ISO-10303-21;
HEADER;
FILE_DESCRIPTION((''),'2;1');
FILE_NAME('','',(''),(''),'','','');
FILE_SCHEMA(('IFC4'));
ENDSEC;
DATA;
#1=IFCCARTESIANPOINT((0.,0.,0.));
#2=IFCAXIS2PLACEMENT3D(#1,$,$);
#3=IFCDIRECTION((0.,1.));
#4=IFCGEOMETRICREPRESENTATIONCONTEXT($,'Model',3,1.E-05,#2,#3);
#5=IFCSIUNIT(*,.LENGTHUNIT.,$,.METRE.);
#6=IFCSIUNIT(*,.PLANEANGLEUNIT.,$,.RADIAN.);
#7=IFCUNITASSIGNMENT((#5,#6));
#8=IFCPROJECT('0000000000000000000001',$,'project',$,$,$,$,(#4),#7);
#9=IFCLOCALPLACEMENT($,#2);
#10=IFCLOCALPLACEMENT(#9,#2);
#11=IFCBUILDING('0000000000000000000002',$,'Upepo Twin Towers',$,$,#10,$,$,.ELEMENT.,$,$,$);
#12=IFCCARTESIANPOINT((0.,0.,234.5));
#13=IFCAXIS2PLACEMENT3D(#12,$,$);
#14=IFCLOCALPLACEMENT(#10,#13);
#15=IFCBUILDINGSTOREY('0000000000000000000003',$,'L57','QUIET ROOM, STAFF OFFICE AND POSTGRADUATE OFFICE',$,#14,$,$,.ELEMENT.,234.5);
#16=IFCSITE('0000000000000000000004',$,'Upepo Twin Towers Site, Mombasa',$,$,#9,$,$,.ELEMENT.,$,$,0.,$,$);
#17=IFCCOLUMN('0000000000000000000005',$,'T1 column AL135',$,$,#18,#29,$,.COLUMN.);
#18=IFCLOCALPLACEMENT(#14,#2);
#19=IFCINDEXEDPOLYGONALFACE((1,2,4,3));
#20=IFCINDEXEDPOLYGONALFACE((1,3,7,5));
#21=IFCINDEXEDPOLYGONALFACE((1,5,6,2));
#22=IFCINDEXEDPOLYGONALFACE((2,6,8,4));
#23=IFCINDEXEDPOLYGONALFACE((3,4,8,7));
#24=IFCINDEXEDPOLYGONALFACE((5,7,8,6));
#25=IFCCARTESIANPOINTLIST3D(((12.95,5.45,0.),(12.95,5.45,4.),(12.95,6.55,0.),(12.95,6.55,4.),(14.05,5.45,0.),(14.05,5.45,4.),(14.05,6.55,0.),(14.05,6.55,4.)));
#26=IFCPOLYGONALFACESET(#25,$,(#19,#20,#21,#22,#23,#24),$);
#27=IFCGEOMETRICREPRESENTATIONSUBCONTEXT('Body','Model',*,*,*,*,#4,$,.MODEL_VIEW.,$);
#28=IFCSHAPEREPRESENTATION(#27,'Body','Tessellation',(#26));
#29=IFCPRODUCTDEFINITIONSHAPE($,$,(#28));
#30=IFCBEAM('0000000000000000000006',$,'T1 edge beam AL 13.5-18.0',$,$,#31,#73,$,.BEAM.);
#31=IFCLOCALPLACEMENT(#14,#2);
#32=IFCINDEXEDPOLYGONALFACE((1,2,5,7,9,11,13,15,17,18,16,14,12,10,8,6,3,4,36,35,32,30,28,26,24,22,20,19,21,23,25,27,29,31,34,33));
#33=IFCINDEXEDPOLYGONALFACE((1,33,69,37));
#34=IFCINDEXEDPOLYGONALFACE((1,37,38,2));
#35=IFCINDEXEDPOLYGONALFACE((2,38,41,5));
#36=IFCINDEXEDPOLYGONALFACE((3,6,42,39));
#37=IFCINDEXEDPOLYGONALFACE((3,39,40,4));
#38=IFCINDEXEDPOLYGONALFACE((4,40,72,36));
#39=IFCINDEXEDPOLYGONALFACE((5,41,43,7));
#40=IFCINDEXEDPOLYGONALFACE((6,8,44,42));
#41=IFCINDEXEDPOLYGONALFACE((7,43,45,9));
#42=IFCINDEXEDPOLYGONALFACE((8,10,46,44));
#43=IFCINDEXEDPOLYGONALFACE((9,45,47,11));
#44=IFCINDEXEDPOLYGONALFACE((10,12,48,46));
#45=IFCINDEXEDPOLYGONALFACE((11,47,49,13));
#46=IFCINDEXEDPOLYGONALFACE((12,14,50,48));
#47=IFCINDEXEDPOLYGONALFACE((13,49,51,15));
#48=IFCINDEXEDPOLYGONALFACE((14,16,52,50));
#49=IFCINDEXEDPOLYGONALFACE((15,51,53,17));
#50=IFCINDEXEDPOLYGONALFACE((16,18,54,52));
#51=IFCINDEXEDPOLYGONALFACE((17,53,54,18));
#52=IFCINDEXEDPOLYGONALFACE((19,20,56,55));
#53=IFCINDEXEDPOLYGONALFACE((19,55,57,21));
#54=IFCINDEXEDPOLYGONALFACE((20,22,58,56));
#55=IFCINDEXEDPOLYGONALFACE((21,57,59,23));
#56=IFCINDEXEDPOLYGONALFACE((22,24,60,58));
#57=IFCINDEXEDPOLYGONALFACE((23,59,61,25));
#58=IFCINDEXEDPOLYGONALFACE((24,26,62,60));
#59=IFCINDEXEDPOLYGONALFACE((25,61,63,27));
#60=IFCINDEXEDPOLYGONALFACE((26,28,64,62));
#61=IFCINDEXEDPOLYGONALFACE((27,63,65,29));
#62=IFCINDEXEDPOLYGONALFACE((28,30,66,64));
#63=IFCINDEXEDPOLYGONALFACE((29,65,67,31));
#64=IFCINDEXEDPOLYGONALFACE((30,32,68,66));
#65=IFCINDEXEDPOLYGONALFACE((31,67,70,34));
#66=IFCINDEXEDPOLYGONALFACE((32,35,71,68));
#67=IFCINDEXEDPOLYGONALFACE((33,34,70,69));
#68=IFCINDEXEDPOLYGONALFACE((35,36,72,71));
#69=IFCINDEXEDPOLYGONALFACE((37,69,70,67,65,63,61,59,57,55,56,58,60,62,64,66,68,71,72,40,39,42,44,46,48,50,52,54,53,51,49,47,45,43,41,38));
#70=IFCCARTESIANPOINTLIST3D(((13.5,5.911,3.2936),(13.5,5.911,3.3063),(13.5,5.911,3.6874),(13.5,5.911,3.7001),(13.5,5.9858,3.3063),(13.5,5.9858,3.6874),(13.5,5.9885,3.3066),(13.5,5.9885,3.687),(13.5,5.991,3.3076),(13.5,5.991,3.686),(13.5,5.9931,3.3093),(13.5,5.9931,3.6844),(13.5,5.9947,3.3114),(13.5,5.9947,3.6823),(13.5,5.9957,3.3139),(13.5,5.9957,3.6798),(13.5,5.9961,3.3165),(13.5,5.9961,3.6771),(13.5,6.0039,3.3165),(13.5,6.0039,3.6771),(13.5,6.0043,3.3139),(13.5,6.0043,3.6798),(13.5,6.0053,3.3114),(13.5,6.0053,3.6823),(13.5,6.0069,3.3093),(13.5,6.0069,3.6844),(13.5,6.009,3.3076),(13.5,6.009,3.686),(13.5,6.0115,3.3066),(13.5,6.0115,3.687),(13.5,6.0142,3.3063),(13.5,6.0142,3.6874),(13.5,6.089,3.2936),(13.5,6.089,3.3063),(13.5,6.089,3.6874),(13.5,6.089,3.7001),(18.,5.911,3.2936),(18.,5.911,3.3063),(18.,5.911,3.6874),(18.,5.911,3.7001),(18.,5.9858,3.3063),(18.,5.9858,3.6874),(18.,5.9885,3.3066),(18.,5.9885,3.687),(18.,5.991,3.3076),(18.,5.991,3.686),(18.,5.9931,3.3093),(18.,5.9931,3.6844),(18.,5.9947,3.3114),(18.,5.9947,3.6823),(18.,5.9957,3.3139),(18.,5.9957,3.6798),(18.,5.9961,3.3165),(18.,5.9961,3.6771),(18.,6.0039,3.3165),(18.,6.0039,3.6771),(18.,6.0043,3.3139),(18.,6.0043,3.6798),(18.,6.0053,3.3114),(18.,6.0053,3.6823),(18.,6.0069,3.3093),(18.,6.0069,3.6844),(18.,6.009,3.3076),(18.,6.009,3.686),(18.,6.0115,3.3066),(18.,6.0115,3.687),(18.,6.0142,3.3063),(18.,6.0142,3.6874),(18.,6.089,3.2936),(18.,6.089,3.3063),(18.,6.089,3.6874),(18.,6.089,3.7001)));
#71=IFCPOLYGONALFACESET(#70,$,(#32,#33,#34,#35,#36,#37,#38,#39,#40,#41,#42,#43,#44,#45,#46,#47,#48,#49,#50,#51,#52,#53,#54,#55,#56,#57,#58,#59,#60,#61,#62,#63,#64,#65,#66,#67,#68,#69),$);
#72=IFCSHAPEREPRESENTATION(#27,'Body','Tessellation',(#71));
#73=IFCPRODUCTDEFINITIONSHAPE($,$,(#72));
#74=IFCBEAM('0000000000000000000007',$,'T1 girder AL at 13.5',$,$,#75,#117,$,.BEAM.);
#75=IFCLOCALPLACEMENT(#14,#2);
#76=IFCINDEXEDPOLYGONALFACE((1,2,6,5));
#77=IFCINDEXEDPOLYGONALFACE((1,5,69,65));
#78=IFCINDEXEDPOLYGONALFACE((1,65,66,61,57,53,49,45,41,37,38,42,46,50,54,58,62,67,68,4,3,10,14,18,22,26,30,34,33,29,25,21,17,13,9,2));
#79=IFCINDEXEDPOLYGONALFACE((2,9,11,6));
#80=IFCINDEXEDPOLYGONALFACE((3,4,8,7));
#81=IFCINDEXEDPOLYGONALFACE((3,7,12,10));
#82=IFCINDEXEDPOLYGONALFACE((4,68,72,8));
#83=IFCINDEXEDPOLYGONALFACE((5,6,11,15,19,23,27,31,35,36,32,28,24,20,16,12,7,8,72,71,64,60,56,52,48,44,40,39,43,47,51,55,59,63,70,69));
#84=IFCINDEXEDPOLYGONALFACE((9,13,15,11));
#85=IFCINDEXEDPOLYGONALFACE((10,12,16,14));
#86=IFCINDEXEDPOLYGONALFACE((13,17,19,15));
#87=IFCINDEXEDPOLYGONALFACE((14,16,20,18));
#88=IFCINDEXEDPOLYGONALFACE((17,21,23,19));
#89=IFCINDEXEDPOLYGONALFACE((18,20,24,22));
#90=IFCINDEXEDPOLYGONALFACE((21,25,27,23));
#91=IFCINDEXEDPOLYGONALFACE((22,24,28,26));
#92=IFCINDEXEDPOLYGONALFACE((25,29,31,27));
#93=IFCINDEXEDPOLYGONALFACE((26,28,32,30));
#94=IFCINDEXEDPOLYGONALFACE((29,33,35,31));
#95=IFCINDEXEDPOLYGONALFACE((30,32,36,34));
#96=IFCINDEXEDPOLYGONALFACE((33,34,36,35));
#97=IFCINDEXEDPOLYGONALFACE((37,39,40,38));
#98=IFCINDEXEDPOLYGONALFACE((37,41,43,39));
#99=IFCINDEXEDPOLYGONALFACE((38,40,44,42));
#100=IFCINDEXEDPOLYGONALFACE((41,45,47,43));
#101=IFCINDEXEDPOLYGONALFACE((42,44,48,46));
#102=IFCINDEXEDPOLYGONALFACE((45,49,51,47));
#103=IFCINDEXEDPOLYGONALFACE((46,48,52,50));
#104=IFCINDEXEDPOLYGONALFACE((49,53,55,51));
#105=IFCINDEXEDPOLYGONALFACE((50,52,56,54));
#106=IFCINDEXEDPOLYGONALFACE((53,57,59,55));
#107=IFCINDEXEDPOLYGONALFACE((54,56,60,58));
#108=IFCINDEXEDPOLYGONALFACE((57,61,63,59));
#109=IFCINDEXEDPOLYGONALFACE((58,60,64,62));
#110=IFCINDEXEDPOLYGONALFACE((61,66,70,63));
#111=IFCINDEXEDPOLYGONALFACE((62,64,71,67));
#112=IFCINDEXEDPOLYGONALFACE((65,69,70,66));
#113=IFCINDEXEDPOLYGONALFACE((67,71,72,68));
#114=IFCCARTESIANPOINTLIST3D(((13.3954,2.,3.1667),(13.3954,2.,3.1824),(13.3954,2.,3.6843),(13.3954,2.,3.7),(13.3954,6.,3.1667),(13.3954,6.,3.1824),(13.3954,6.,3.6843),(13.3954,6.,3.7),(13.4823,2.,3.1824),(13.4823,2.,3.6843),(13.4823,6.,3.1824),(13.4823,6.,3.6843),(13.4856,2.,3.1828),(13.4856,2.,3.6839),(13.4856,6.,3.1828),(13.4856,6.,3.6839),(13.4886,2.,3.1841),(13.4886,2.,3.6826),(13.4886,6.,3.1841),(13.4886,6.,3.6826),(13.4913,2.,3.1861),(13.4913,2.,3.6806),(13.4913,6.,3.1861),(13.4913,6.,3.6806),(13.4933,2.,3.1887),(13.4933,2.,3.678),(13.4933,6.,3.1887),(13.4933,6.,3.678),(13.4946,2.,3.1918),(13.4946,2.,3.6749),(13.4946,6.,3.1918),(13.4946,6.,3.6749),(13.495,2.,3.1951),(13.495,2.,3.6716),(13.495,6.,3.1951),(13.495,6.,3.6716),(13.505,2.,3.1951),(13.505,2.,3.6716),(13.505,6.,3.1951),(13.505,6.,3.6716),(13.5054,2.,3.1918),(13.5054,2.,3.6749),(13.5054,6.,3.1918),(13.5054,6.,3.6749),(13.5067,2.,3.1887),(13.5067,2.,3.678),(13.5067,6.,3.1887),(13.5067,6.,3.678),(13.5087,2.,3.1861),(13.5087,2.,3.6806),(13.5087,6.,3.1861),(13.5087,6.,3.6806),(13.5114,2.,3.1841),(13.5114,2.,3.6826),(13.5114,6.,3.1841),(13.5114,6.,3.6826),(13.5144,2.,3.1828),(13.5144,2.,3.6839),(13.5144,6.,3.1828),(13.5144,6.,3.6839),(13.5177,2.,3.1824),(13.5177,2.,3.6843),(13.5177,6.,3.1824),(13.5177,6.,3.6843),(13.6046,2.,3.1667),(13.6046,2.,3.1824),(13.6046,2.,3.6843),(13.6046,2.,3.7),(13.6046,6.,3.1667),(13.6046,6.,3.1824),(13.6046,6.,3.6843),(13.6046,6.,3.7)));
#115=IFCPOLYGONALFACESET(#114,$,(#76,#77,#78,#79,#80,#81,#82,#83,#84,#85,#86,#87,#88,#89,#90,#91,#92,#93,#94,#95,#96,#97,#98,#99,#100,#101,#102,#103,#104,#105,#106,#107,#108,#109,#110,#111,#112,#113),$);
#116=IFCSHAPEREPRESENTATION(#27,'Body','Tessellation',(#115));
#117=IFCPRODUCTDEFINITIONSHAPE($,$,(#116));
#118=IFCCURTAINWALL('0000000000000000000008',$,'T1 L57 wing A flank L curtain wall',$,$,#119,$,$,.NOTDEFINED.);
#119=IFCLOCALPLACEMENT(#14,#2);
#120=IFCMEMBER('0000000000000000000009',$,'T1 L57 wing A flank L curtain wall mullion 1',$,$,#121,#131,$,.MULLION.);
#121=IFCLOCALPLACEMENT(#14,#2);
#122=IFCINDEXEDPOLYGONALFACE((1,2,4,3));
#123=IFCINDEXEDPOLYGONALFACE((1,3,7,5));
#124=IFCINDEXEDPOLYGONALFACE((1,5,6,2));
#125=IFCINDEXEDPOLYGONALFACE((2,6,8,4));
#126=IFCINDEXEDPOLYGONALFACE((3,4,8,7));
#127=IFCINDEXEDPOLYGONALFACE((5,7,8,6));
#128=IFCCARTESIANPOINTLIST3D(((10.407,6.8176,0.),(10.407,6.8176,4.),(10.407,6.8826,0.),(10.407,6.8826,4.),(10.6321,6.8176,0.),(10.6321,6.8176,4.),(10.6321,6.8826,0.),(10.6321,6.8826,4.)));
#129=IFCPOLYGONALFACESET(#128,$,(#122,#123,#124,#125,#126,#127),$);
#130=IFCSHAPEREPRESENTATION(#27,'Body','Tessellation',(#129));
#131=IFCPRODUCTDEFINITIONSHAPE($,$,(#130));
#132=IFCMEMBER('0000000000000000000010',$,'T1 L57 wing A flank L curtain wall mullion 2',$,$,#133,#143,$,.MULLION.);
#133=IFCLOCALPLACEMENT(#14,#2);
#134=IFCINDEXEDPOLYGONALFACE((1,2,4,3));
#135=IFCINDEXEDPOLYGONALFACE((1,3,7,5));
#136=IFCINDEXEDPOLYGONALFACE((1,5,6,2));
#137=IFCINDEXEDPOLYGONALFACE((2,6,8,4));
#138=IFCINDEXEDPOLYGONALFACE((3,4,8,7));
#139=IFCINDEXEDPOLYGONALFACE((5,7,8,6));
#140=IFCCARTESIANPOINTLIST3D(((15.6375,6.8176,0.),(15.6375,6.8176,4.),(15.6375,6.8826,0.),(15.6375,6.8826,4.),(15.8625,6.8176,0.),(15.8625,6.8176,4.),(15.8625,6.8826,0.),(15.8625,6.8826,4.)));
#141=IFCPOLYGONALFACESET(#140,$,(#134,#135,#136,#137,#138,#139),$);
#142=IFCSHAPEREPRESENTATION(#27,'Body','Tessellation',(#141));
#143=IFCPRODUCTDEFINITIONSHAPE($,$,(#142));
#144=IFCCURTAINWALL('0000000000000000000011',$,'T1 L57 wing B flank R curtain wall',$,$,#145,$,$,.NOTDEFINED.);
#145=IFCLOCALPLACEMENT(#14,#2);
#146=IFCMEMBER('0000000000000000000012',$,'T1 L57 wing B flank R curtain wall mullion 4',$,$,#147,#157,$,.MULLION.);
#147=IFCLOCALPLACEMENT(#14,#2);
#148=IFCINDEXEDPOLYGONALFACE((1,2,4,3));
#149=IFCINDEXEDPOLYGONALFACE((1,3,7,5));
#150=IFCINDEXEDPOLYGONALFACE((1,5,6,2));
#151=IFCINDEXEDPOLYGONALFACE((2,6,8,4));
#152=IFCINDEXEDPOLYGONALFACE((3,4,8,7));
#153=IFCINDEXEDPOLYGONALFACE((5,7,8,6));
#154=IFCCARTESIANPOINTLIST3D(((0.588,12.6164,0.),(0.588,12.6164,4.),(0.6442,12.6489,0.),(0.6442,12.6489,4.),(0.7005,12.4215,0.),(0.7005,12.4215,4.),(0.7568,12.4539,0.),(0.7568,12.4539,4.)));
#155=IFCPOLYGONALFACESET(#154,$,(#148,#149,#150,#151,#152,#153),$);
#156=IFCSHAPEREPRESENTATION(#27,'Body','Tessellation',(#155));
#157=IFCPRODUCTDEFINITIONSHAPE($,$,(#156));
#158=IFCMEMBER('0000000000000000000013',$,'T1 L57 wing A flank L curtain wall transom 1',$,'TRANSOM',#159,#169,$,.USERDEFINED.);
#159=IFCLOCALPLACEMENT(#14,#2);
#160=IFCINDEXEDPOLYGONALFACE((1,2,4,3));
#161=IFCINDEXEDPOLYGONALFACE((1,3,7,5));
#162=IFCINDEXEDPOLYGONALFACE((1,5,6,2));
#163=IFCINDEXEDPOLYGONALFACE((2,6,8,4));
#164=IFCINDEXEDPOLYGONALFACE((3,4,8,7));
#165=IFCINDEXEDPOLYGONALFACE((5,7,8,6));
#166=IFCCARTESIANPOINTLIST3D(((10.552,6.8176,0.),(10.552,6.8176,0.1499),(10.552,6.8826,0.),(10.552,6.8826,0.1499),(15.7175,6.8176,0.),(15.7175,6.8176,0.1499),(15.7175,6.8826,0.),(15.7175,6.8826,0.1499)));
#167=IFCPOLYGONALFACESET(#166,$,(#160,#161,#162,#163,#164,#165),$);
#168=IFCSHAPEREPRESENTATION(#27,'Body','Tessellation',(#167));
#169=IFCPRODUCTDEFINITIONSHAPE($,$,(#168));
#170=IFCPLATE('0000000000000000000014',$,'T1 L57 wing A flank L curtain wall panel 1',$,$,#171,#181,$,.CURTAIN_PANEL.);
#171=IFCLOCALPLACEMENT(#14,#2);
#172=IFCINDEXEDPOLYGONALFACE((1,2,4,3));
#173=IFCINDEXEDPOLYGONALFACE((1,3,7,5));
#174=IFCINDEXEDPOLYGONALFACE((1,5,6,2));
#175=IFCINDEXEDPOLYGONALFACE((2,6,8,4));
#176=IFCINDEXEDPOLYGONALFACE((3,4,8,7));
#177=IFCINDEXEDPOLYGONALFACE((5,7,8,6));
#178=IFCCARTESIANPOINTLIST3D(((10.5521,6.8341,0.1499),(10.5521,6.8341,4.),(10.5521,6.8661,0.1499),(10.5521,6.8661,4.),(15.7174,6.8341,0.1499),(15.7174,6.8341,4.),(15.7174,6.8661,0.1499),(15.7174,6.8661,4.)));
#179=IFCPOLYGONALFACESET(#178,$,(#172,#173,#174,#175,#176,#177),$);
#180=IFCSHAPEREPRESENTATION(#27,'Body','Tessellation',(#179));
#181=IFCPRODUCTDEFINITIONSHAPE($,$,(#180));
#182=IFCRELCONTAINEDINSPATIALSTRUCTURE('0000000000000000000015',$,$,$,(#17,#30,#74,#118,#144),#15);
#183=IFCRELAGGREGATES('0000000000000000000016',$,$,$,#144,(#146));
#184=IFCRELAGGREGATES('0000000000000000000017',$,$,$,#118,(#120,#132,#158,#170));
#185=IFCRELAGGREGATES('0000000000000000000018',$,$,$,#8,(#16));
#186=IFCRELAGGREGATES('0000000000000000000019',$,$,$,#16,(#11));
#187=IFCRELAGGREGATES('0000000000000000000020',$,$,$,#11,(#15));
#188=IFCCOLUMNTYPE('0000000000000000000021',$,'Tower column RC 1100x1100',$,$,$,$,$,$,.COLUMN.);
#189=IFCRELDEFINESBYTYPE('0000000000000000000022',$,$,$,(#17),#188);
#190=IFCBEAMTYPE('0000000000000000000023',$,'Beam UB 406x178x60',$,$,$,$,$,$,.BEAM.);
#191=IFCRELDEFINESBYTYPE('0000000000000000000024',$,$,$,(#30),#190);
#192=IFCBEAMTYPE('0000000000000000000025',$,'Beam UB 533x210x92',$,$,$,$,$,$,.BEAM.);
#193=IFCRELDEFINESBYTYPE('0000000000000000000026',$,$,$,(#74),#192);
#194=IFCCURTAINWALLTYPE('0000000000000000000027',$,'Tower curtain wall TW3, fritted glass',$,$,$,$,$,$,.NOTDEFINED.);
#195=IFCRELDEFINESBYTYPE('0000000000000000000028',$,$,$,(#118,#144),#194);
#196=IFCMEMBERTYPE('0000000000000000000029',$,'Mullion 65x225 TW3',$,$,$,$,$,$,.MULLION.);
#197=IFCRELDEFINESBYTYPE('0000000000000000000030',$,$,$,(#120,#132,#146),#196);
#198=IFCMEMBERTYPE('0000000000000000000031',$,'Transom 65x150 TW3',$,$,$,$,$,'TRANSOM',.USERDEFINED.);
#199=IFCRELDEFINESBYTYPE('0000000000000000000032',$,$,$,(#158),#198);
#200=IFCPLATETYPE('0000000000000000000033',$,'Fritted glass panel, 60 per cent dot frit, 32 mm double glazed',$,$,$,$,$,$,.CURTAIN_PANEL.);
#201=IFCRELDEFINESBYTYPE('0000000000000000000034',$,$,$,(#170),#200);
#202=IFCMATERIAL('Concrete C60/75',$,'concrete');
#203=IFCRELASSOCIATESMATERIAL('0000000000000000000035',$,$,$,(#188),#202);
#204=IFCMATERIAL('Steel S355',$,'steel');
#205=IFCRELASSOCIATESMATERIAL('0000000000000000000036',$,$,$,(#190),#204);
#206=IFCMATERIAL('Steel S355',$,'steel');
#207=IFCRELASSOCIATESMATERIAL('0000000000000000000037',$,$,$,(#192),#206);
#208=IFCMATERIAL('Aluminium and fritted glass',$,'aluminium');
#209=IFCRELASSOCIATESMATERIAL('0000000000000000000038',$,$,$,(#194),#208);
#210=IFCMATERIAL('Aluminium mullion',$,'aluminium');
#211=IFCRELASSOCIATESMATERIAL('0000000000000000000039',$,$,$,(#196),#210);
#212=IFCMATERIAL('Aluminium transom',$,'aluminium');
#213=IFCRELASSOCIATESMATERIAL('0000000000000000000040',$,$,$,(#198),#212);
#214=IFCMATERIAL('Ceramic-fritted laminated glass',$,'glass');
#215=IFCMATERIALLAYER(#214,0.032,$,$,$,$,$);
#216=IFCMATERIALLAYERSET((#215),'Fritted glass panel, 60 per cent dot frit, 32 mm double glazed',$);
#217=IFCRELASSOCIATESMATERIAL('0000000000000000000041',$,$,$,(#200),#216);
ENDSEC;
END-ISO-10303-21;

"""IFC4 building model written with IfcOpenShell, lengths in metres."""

from ifc_helpers import new_model, si_unit, direction, frame, origin, origin_2d, place, context, subcontext, project, spatial, rectangle, i_section, extrude, material, layer, layer_set, material_profile, profile_set, type_object, element, aggregate, save


model = new_model("IFC4")

# Units and contexts
model_context = context("Model", 3, precision=1e-05, world=origin(), true_north=direction((0.0, 1.0)))
body_context = subcontext(model_context, "Body", "Model", "MODEL_VIEW")
ifc_project = project(units=[si_unit("LENGTHUNIT", "METRE"), si_unit("PLANEANGLEUNIT", "RADIAN")], contexts=[model_context])

# Site, building, storey
site_placement = place(None, origin())
site = spatial("IfcSite", under=ifc_project, at=site_placement, Name="Upepo Twin Towers Site, Mombasa", CompositionType="ELEMENT", RefElevation=0.0)
building_placement = place(site_placement, origin())
building = spatial("IfcBuilding", under=site, at=building_placement, Name="Upepo Twin Towers", CompositionType="ELEMENT")
storey_placement = place(building_placement, frame((0.0, 0.0, 234.5)))
storey = spatial("IfcBuildingStorey", under=building, at=storey_placement, Name="L57", Description="QUIET ROOM, STAFF OFFICE AND POSTGRADUATE OFFICE", CompositionType="ELEMENT", Elevation=234.5)

# Column
ifc_material_1 = material(Name="Concrete C60/75", Category="concrete")
ifc_material_profile_1 = material_profile(ifc_material_1, rectangle(XDim=1.1001, YDim=1.1001, at=origin_2d()), Name="RC 1100x1100")
ifc_profile_set_1 = profile_set([ifc_material_profile_1], Name="Concrete C60/75")
column_type = type_object("IfcColumnType", Name="Tower column RC 1100x1100", PredefinedType="COLUMN", material=ifc_profile_set_1)
column_placement = place(storey_placement, frame((13.5, 6.0, 0.0), z_axis=(0.0, 0.0, 1.0), x_axis=(1.0, 0.0, 0.0)))
element("IfcColumn", 1, at=column_placement, inside=storey, type_object=column_type, Name="T1 column AL135", PredefinedType="COLUMN", context=body_context, shape_type="SweptSolid", body=[
    extrude(rectangle(XDim=1.1001, YDim=1.1001, at=origin_2d()), origin(), (0.0, 0.0, 1.0), 4.0),
])

# Beams
ifc_material_2 = material(Name="Steel S355", Category="steel")
ifc_material_profile_2 = material_profile(ifc_material_2, i_section(OverallWidth=0.178, OverallDepth=0.4065, WebThickness=0.0078, FlangeThickness=0.0127, FilletRadius=0.0103, at=origin_2d()), Name="UB 406x178x60")
ifc_profile_set_2 = profile_set([ifc_material_profile_2], Name="Steel S355")
beam_type_1 = type_object("IfcBeamType", Name="Beam UB 406x178x60", PredefinedType="BEAM", material=ifc_profile_set_2)
beam_1_placement = place(storey_placement, frame((13.5, 6.0, 3.4968), z_axis=(1.0, 0.0, 0.0), x_axis=(0.0, 1.0, 0.0)))
element("IfcBeam", 2, at=beam_1_placement, inside=storey, type_object=beam_type_1, Name="T1 edge beam AL 13.5-18.0", PredefinedType="BEAM", context=body_context, shape_type="SweptSolid", body=[
    extrude(i_section(OverallWidth=0.178, OverallDepth=0.4065, WebThickness=0.0078, FlangeThickness=0.0127, FilletRadius=0.0103, at=origin_2d()), origin(), (0.0, 0.0, 1.0), 4.5),
])
ifc_material_3 = material(Name="Steel S355", Category="steel")
ifc_material_profile_3 = material_profile(ifc_material_3, i_section(OverallWidth=0.2092, OverallDepth=0.5332, WebThickness=0.01, FlangeThickness=0.0156, FilletRadius=0.0127, at=origin_2d()), Name="UB 533x210x92")
ifc_profile_set_3 = profile_set([ifc_material_profile_3], Name="Steel S355")
beam_type_2 = type_object("IfcBeamType", Name="Beam UB 533x210x92", PredefinedType="BEAM", material=ifc_profile_set_3)
beam_2_placement = place(storey_placement, frame((13.5, 6.0, 3.4333), z_axis=(0.0, -1.0, 0.0), x_axis=(1.0, 0.0, 0.0)))
element("IfcBeam", 3, at=beam_2_placement, inside=storey, type_object=beam_type_2, Name="T1 girder AL at 13.5", PredefinedType="BEAM", context=body_context, shape_type="SweptSolid", body=[
    extrude(i_section(OverallWidth=0.2092, OverallDepth=0.5332, WebThickness=0.01, FlangeThickness=0.0156, FilletRadius=0.0127, at=origin_2d()), origin(), (0.0, 0.0, 1.0), 4.0),
])

# Curtain wall, members
ifc_material_4 = material(Name="Aluminium and fritted glass", Category="aluminium")
curtain_wall_type = type_object("IfcCurtainWallType", Name="Tower curtain wall TW3, fritted glass", PredefinedType="NOTDEFINED", material=ifc_material_4)
curtain_wall_1_placement = place(storey_placement, origin())
curtain_wall_1 = element("IfcCurtainWall", 4, at=curtain_wall_1_placement, inside=storey, type_object=curtain_wall_type, Name="T1 L57 wing A flank L curtain wall", PredefinedType="NOTDEFINED")
ifc_material_5 = material(Name="Aluminium mullion", Category="aluminium")
ifc_material_profile_4 = material_profile(ifc_material_5, rectangle(XDim=0.0649, YDim=0.2251, at=origin_2d()), Name="MULLION 65x225")
ifc_profile_set_4 = profile_set([ifc_material_profile_4], Name="Aluminium mullion")
member_type_1 = type_object("IfcMemberType", Name="Mullion 65x225 TW3", PredefinedType="MULLION", material=ifc_profile_set_4)
member_1_placement = place(storey_placement, frame((10.5195, 6.8501, 0.0), z_axis=(0.0, 0.0, 1.0), x_axis=(0.0, 1.0, 0.0)))
member_1 = element("IfcMember", 5, at=member_1_placement, type_object=member_type_1, Name="T1 L57 wing A flank L curtain wall mullion 1", PredefinedType="MULLION", context=body_context, shape_type="SweptSolid", body=[
    extrude(rectangle(XDim=0.0649, YDim=0.2251, at=origin_2d()), origin(), (0.0, 0.0, 1.0), 4.0),
])
member_2_placement = place(storey_placement, frame((15.75, 6.8501, 0.0), z_axis=(0.0, 0.0, 1.0), x_axis=(0.0, 1.0, 0.0)))
member_2 = element("IfcMember", 6, at=member_2_placement, type_object=member_type_1, Name="T1 L57 wing A flank L curtain wall mullion 2", PredefinedType="MULLION", context=body_context, shape_type="SweptSolid", body=[
    extrude(rectangle(XDim=0.0649, YDim=0.2251, at=origin_2d()), origin(), (0.0, 0.0, 1.0), 4.0),
])

# Curtain wall, member
curtain_wall_2_placement = place(storey_placement, origin())
curtain_wall_2 = element("IfcCurtainWall", 7, at=curtain_wall_2_placement, inside=storey, type_object=curtain_wall_type, Name="T1 L57 wing B flank R curtain wall", PredefinedType="NOTDEFINED")
member_3_placement = place(storey_placement, frame((0.6724, 12.5352, 0.0), z_axis=(0.0, 0.0, 1.0), x_axis=(0.866025, 0.5, 0.0)))
member_3 = element("IfcMember", 8, at=member_3_placement, type_object=member_type_1, Name="T1 L57 wing B flank R curtain wall mullion 4", PredefinedType="MULLION", context=body_context, shape_type="SweptSolid", body=[
    extrude(rectangle(XDim=0.0649, YDim=0.2251, at=origin_2d()), origin(), (0.0, 0.0, 1.0), 4.0),
])
aggregate(curtain_wall_2, [member_3])

# Member
ifc_material_6 = material(Name="Aluminium transom", Category="aluminium")
ifc_material_profile_5 = material_profile(ifc_material_6, rectangle(XDim=0.0649, YDim=0.1499, at=origin_2d()), Name="TRANSOM 65x150")
ifc_profile_set_5 = profile_set([ifc_material_profile_5], Name="Aluminium transom")
member_type_2 = type_object("IfcMemberType", Name="Transom 65x150 TW3", ElementType="TRANSOM", PredefinedType="USERDEFINED", material=ifc_profile_set_5)
member_4_placement = place(storey_placement, frame((10.552, 6.8501, 0.075), z_axis=(1.0, 0.0, 0.0), x_axis=(0.0, 1.0, 0.0)))
member_4 = element("IfcMember", 9, at=member_4_placement, type_object=member_type_2, Name="T1 L57 wing A flank L curtain wall transom 1", ObjectType="TRANSOM", PredefinedType="USERDEFINED", context=body_context, shape_type="SweptSolid", body=[
    extrude(rectangle(XDim=0.0649, YDim=0.1499, at=origin_2d()), origin(), (0.0, 0.0, 1.0), 5.1655),
])

# Plate
ifc_material_7 = material(Name="Ceramic-fritted laminated glass", Category="glass")
ifc_layer_1 = layer(ifc_material_7, 0.032)
ifc_layer_set_1 = layer_set([ifc_layer_1], Name="Fritted glass panel, 60 per cent dot frit, 32 mm double glazed")
plate_type = type_object("IfcPlateType", Name="Fritted glass panel, 60 per cent dot frit, 32 mm double glazed", PredefinedType="CURTAIN_PANEL", material=ifc_layer_set_1)
plate_placement = place(storey_placement, frame((13.1348, 6.8501, 0.1499), z_axis=(0.0, 0.0, 1.0), x_axis=(1.0, 0.0, 0.0)))
plate = element("IfcPlate", 10, at=plate_placement, type_object=plate_type, Name="T1 L57 wing A flank L curtain wall panel 1", PredefinedType="CURTAIN_PANEL", context=body_context, shape_type="SweptSolid", body=[
    extrude(rectangle(XDim=5.1653, YDim=0.032, at=origin_2d()), origin(), (0.0, 0.0, 1.0), 3.8501),
])
aggregate(curtain_wall_1, [member_1, member_2, member_4, plate])

save(model, "model.ifc")
